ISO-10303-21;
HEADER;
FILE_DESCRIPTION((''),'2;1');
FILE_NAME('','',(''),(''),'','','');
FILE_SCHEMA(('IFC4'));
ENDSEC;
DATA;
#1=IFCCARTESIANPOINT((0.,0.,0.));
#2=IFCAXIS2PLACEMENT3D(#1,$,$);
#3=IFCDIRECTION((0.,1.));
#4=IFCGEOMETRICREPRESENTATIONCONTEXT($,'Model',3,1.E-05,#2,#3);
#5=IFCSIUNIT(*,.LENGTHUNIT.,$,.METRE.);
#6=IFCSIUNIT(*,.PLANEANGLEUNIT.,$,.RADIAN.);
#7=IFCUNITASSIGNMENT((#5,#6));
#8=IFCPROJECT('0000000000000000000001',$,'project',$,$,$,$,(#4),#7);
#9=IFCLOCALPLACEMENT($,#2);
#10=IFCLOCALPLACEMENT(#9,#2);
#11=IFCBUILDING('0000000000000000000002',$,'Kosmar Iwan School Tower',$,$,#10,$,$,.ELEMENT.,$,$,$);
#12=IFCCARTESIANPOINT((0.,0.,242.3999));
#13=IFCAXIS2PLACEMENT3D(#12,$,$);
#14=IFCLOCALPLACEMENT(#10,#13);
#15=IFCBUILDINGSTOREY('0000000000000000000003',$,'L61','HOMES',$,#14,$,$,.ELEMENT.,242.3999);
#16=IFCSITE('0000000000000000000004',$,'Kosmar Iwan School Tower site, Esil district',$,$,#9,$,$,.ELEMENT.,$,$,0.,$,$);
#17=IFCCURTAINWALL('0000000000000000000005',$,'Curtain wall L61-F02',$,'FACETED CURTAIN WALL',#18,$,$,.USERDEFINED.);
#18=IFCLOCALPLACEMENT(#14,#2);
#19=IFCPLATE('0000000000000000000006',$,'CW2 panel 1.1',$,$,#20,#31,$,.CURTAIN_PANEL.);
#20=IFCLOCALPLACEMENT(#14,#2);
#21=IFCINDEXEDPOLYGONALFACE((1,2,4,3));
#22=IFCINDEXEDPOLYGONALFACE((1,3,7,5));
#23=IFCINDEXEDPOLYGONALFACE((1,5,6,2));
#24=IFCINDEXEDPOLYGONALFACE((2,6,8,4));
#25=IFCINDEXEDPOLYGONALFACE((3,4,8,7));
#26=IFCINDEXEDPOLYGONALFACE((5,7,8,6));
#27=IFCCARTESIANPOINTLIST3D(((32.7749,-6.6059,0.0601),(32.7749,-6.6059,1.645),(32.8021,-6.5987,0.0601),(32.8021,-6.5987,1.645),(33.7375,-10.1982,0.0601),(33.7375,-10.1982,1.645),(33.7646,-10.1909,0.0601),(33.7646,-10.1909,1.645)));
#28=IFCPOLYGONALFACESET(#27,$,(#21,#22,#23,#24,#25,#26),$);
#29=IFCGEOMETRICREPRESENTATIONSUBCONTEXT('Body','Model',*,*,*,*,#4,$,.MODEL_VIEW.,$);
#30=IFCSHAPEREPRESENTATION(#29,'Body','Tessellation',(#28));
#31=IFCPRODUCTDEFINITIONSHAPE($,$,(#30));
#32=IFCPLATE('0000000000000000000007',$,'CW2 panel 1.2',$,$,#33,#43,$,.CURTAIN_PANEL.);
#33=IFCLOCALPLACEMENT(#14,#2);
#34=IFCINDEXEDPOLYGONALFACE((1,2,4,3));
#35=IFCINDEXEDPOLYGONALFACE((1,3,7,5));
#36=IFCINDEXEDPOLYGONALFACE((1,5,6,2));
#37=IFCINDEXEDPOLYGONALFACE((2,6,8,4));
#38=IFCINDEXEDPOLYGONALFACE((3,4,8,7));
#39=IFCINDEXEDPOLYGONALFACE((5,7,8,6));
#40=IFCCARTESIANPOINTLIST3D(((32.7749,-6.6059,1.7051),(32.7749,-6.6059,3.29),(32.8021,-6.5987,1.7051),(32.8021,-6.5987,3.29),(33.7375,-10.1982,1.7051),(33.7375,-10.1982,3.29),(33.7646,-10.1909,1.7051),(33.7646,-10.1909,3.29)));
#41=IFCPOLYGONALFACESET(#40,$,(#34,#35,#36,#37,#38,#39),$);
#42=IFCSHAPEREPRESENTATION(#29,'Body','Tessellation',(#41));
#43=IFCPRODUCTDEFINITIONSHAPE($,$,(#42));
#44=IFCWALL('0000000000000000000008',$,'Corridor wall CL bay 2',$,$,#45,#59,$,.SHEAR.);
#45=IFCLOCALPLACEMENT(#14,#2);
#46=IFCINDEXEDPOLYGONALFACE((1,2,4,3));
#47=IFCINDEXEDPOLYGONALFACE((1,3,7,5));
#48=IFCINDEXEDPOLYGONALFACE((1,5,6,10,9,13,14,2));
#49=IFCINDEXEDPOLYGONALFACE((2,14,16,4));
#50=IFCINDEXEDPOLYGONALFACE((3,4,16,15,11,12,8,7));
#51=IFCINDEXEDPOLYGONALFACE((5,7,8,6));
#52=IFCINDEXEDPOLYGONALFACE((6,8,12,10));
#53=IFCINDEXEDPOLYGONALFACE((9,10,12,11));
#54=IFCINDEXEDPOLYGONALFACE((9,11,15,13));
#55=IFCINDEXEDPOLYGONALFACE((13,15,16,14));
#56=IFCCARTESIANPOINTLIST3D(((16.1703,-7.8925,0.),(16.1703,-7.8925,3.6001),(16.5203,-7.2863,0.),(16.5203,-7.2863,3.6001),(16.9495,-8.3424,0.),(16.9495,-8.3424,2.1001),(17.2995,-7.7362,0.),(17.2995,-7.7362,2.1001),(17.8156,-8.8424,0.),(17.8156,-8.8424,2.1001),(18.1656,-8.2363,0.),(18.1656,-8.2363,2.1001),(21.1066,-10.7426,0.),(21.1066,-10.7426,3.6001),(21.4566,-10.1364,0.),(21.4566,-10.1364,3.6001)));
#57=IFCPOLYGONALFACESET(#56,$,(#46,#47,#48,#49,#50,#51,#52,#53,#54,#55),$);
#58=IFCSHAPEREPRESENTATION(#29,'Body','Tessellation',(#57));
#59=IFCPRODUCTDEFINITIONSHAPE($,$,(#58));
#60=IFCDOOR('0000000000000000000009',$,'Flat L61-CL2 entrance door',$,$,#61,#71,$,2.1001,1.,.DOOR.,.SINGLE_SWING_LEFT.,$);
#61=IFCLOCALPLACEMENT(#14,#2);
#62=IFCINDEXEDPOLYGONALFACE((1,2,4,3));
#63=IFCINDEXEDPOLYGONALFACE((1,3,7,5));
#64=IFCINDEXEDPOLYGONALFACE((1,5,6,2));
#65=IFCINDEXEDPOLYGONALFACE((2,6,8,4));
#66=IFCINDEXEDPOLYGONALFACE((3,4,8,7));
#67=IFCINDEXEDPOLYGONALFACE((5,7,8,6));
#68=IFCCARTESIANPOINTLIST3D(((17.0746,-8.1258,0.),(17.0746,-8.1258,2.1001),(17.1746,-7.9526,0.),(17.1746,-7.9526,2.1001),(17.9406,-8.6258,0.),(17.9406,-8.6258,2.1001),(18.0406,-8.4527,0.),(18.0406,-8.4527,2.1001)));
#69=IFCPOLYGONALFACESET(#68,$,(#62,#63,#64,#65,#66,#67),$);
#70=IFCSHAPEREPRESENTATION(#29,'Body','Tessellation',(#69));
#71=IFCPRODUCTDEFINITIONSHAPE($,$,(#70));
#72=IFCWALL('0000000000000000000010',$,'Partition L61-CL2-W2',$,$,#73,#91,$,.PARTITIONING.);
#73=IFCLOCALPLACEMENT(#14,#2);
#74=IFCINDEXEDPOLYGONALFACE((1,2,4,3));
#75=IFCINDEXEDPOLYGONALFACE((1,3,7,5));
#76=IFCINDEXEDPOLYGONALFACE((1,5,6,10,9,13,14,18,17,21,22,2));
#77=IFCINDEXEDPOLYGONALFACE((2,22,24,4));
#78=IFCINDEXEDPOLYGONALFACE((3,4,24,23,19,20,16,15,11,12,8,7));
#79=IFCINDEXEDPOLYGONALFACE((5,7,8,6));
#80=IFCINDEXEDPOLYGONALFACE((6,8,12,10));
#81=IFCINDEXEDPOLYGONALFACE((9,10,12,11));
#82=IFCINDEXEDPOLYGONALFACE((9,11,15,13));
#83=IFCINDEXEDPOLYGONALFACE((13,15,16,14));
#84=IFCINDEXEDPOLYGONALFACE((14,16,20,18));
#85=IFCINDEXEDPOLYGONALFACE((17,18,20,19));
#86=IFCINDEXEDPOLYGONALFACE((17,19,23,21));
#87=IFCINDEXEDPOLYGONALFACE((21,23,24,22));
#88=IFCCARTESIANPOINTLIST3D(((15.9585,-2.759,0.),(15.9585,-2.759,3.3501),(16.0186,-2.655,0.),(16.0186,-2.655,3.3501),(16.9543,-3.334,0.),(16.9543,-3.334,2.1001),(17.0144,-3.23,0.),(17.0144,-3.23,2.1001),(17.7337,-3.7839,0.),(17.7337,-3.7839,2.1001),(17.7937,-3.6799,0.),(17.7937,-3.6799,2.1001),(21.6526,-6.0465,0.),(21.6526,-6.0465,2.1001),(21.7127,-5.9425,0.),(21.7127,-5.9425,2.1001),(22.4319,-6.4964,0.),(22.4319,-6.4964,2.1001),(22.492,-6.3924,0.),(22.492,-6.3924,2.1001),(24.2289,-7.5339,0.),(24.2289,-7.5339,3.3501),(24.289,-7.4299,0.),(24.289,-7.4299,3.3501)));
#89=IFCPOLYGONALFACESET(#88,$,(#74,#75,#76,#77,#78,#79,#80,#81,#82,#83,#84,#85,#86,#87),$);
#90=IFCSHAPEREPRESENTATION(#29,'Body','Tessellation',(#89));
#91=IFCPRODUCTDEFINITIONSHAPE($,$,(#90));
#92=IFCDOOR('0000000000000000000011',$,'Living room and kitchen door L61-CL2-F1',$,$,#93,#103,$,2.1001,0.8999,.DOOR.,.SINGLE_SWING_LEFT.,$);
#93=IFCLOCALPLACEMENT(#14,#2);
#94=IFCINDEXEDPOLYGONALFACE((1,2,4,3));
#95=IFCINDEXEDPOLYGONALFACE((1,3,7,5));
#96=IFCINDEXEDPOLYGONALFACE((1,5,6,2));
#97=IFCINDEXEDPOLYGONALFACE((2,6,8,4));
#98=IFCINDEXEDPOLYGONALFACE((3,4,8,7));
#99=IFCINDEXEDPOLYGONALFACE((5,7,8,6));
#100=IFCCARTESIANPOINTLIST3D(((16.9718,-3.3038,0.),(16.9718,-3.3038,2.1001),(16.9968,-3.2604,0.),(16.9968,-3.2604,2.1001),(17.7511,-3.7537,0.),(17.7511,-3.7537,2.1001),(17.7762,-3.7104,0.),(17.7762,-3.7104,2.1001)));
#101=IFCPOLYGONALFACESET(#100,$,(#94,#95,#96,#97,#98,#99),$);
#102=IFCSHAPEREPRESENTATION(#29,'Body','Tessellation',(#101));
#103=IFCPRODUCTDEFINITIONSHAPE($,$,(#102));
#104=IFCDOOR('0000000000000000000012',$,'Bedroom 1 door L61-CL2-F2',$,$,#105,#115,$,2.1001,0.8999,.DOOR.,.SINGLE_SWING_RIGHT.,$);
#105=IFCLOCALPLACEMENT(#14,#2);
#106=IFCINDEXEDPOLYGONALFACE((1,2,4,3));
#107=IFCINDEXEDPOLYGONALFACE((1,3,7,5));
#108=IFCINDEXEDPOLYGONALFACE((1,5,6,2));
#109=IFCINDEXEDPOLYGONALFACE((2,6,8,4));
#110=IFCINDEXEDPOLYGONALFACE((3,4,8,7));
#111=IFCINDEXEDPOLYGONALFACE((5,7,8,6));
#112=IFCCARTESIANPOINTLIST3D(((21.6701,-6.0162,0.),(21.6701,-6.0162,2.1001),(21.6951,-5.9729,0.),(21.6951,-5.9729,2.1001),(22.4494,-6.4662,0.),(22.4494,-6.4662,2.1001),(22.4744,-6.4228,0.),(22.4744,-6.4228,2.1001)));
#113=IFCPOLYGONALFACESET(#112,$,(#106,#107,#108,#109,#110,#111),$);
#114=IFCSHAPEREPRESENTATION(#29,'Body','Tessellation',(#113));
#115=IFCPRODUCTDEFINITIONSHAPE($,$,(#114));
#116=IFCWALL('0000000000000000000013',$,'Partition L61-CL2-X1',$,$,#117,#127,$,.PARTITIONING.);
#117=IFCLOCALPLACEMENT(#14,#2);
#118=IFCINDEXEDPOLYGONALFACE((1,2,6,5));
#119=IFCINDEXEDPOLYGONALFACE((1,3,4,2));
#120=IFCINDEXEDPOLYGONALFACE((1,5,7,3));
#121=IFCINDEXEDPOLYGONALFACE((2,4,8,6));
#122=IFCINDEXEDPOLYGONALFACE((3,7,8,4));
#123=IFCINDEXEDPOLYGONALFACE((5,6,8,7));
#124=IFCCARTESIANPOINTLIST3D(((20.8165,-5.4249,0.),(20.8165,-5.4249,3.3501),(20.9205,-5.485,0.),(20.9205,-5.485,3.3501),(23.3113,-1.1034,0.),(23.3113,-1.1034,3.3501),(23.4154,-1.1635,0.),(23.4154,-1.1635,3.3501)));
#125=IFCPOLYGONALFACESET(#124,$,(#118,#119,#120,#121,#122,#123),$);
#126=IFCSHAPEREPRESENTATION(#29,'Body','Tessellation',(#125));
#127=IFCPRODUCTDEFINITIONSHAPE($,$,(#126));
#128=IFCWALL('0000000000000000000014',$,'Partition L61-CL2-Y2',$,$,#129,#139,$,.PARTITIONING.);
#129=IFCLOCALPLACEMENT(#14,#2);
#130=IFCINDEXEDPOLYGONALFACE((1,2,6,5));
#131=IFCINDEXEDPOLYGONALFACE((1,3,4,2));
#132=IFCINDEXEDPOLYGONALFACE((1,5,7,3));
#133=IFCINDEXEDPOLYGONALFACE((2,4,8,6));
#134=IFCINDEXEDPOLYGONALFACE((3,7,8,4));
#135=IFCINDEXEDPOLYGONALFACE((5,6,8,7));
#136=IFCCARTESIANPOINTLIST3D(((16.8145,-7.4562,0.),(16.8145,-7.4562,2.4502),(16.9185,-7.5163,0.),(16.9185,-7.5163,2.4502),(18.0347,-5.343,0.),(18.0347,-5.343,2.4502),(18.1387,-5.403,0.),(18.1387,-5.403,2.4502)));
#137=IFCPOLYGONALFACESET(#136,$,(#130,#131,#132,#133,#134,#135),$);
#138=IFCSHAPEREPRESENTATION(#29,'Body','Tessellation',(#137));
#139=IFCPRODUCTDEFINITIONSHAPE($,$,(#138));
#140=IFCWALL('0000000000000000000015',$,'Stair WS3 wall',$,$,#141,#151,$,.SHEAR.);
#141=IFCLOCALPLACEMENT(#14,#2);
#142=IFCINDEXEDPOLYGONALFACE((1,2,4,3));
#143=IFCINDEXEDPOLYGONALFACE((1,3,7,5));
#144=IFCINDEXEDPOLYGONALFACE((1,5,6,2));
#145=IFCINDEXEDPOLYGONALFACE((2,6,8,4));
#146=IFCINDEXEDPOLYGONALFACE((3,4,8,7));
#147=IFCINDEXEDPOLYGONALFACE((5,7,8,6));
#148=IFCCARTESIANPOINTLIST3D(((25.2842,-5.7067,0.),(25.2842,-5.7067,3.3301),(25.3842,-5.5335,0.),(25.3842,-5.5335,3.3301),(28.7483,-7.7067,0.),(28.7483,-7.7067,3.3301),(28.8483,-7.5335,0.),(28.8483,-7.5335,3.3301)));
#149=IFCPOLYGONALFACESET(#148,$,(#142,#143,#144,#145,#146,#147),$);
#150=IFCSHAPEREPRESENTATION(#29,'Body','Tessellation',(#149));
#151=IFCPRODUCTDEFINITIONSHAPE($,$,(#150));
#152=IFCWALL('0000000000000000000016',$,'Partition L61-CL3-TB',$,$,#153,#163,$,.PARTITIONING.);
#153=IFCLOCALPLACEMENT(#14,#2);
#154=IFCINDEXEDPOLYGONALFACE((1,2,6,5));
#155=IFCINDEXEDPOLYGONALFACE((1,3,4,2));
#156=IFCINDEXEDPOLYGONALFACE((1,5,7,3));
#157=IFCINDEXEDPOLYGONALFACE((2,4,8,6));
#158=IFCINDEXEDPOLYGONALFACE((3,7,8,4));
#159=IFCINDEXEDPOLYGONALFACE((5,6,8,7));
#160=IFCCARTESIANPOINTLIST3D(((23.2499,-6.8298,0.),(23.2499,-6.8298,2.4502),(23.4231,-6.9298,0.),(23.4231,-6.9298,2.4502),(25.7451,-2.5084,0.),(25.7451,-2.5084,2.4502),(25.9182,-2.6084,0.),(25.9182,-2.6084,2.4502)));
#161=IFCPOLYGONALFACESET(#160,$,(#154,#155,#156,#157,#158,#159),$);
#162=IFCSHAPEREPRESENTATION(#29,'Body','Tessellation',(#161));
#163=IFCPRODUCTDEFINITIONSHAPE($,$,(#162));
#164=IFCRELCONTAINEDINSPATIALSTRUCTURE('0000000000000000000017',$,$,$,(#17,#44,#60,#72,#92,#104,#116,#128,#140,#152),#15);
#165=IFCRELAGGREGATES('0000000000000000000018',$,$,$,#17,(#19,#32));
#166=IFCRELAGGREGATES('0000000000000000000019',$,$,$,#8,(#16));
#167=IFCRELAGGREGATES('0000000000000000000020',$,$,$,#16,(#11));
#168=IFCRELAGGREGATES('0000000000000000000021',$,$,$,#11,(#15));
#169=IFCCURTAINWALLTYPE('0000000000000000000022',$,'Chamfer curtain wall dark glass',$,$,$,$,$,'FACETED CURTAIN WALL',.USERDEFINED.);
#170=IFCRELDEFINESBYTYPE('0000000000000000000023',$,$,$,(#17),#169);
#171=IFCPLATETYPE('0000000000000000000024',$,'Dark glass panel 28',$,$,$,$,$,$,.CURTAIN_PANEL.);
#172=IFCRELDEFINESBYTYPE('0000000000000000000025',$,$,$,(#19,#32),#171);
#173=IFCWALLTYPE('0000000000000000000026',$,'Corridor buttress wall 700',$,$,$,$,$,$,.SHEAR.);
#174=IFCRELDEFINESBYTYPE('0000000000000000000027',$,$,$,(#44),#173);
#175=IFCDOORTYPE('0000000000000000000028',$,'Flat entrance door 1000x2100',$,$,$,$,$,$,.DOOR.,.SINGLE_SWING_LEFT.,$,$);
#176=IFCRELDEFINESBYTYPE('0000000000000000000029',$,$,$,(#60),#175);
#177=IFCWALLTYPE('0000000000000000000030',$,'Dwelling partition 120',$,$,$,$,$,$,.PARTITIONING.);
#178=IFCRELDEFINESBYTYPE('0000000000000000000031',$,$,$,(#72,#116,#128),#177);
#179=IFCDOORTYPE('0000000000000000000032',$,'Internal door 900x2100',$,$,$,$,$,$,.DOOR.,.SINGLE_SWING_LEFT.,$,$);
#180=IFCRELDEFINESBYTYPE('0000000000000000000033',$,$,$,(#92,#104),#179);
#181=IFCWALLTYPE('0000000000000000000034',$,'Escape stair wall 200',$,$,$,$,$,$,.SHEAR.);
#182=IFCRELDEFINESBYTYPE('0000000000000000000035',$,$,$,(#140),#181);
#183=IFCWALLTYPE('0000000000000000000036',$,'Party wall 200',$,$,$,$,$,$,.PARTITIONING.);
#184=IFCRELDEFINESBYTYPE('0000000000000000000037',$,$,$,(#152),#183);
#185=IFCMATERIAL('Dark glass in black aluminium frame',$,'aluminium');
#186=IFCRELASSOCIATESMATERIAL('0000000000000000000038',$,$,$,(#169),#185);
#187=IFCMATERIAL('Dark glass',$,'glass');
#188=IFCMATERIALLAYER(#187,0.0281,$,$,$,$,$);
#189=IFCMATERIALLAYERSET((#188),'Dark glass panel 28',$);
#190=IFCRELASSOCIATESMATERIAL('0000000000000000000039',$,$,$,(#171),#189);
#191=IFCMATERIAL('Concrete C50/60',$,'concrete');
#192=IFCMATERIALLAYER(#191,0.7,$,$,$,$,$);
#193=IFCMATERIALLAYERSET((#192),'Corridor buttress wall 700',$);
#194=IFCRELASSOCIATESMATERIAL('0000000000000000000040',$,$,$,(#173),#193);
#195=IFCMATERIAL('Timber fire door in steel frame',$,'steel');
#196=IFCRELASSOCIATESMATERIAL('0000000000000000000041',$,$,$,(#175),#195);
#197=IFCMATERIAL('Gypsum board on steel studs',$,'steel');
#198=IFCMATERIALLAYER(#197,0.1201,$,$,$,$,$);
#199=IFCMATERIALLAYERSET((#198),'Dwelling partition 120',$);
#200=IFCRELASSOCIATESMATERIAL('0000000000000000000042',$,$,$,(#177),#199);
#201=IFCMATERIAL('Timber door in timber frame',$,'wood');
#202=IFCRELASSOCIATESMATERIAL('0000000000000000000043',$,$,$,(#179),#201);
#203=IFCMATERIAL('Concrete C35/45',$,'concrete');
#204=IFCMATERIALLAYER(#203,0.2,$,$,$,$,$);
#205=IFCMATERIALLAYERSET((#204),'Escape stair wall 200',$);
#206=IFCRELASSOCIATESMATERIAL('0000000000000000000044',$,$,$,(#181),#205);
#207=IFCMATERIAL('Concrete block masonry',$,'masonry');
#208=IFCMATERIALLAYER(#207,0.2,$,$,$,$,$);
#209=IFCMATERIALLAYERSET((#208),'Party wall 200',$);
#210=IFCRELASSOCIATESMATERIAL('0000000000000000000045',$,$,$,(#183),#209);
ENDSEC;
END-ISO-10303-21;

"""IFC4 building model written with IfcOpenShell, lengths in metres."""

from ifc_helpers import new_model, si_unit, direction, frame, frame_2d, origin, origin_2d, place, context, subcontext, project, spatial, rectangle, extrude, material, layer, layer_set, type_object, element, fill, aggregate, save


model = new_model("IFC4")

# Units and contexts
model_context = context("Model", 3, precision=1e-05, world=origin(), true_north=direction((0.0, 1.0)))
body_context = subcontext(model_context, "Body", "Model", "MODEL_VIEW")
ifc_project = project(units=[si_unit("LENGTHUNIT", "METRE"), si_unit("PLANEANGLEUNIT", "RADIAN")], contexts=[model_context])

# Site, building, storey
site_placement = place(None, origin())
site = spatial("IfcSite", under=ifc_project, at=site_placement, Name="Kosmar Iwan School Tower site, Esil district", CompositionType="ELEMENT", RefElevation=0.0)
building_placement = place(site_placement, origin())
building = spatial("IfcBuilding", under=site, at=building_placement, Name="Kosmar Iwan School Tower", CompositionType="ELEMENT")
storey_placement = place(building_placement, frame((0.0, 0.0, 242.3999)))
storey = spatial("IfcBuildingStorey", under=building, at=storey_placement, Name="L61", Description="HOMES", CompositionType="ELEMENT", Elevation=242.3999)

# Curtain wall
ifc_material_1 = material(Name="Dark glass in black aluminium frame", Category="aluminium")
curtain_wall_type = type_object("IfcCurtainWallType", Name="Chamfer curtain wall dark glass", ElementType="FACETED CURTAIN WALL", PredefinedType="USERDEFINED", material=ifc_material_1)
curtain_wall_placement = place(storey_placement, origin())
curtain_wall = element("IfcCurtainWall", 1, at=curtain_wall_placement, inside=storey, type_object=curtain_wall_type, Name="Curtain wall L61-F02", ObjectType="FACETED CURTAIN WALL", PredefinedType="USERDEFINED")

# Plates
ifc_material_2 = material(Name="Dark glass", Category="glass")
ifc_layer_1 = layer(ifc_material_2, 0.0281)
ifc_layer_set_1 = layer_set([ifc_layer_1], Name="Dark glass panel 28")
plate_type = type_object("IfcPlateType", Name="Dark glass panel 28", PredefinedType="CURTAIN_PANEL", material=ifc_layer_set_1)
plate_1_placement = place(storey_placement, frame((33.2698, -8.3984, 0.0601), z_axis=(0.0, 0.0, 1.0), x_axis=(-0.258819, 0.965926, 0.0)))
plate_1 = element("IfcPlate", 2, at=plate_1_placement, type_object=plate_type, Name="CW2 panel 1.1", PredefinedType="CURTAIN_PANEL", context=body_context, shape_type="SweptSolid", body=[
    extrude(rectangle(XDim=3.719, YDim=0.0281, at=origin_2d()), origin(), (0.0, 0.0, 1.0), 1.585),
])
plate_2_placement = place(storey_placement, frame((33.2698, -8.3984, 1.7051), z_axis=(0.0, 0.0, 1.0), x_axis=(-0.258819, 0.965926, 0.0)))
plate_2 = element("IfcPlate", 3, at=plate_2_placement, type_object=plate_type, Name="CW2 panel 1.2", PredefinedType="CURTAIN_PANEL", context=body_context, shape_type="SweptSolid", body=[
    extrude(rectangle(XDim=3.719, YDim=0.0281, at=origin_2d()), origin(), (0.0, 0.0, 1.0), 1.585),
])
aggregate(curtain_wall, [plate_1, plate_2])

# Wall, opening, door
ifc_material_3 = material(Name="Concrete C50/60", Category="concrete")
ifc_layer_2 = layer(ifc_material_3, 0.7)
ifc_layer_set_2 = layer_set([ifc_layer_2], Name="Corridor buttress wall 700")
wall_type_1 = type_object("IfcWallType", Name="Corridor buttress wall 700", PredefinedType="SHEAR", material=ifc_layer_set_2)
wall_1_placement = place(storey_placement, frame((16.3452, -7.5894, 0.0), z_axis=(0.0, 0.0, 1.0), x_axis=(0.866015, -0.500018, 0.0)))
wall_1 = element("IfcWall", 4, at=wall_1_placement, inside=storey, type_object=wall_type_1, Name="Corridor wall CL bay 2", PredefinedType="SHEAR", context=body_context, shape_type="SweptSolid", body=[
    extrude(rectangle(XDim=5.7, YDim=0.7, at=frame_2d((2.8501, 0.0))), origin(), (0.0, 0.0, 1.0), 3.6001),
])
opening_1_placement = place(wall_1_placement, frame((0.8999, 0.0, 0.0)))
opening_1 = element("IfcOpeningElement", 5, at=opening_1_placement, cuts=wall_1, PredefinedType="OPENING", context=body_context, shape_type="SweptSolid", body=[
    extrude(rectangle(XDim=1.0, YDim=2.1001, at=frame_2d((0.5, 1.05))), frame((0.0, 0.3621, 0.0), z_axis=(0.0, -1.0, 0.0), x_axis=(1.0, 0.0, 0.0)), (0.0, 0.0, 1.0), 0.7239),
])
ifc_material_4 = material(Name="Timber fire door in steel frame", Category="steel")
door_type_1 = type_object("IfcDoorType", Name="Flat entrance door 1000x2100", OperationType="SINGLE_SWING_LEFT", PredefinedType="DOOR", material=ifc_material_4)
door_1_placement = place(opening_1_placement, origin())
door_1 = element("IfcDoor", 6, at=door_1_placement, inside=storey, type_object=door_type_1, Name="Flat L61-CL2 entrance door", OperationType="SINGLE_SWING_LEFT", OverallHeight=2.1001, OverallWidth=1.0, PredefinedType="DOOR", context=body_context, shape_type="SweptSolid", body=[
    extrude(rectangle(XDim=1.0, YDim=2.1001, at=frame_2d((0.5, 1.05))), frame((0.0, 0.1001, 0.0), z_axis=(0.0, -1.0, 0.0), x_axis=(1.0, 0.0, 0.0)), (0.0, 0.0, 1.0), 0.2),
])
fill(opening_1, door_1)

# Wall, openings, doors
ifc_material_5 = material(Name="Gypsum board on steel studs", Category="steel")
ifc_layer_3 = layer(ifc_material_5, 0.1201)
ifc_layer_set_3 = layer_set([ifc_layer_3], Name="Dwelling partition 120")
wall_type_2 = type_object("IfcWallType", Name="Dwelling partition 120", PredefinedType="PARTITIONING", material=ifc_layer_set_3)
wall_2_placement = place(storey_placement, frame((15.9885, -2.707, 0.0), z_axis=(0.0, 0.0, 1.0), x_axis=(0.866029, -0.499994, 0.0)))
wall_2 = element("IfcWall", 7, at=wall_2_placement, inside=storey, type_object=wall_type_2, Name="Partition L61-CL2-W2", PredefinedType="PARTITIONING", context=body_context, shape_type="SweptSolid", body=[
    extrude(rectangle(XDim=9.5498, YDim=0.1201, at=frame_2d((4.7749, 0.0))), origin(), (0.0, 0.0, 1.0), 3.3501),
])
opening_2_placement = place(wall_2_placement, frame((1.1499, 0.0, 0.0)))
opening_2 = element("IfcOpeningElement", 8, at=opening_2_placement, cuts=wall_2, PredefinedType="OPENING", context=body_context, shape_type="SweptSolid", body=[
    extrude(rectangle(XDim=0.8999, YDim=2.1001, at=frame_2d((0.45, 1.05))), frame((0.0, 0.072, 0.0), z_axis=(0.0, -1.0, 0.0), x_axis=(1.0, 0.0, 0.0)), (0.0, 0.0, 1.0), 0.144),
])
opening_3_placement = place(wall_2_placement, frame((6.575, 0.0, 0.0)))
opening_3 = element("IfcOpeningElement", 9, at=opening_3_placement, cuts=wall_2, PredefinedType="OPENING", context=body_context, shape_type="SweptSolid", body=[
    extrude(rectangle(XDim=0.8999, YDim=2.1001, at=frame_2d((0.45, 1.05))), frame((0.0, 0.072, 0.0), z_axis=(0.0, -1.0, 0.0), x_axis=(1.0, 0.0, 0.0)), (0.0, 0.0, 1.0), 0.144),
])
ifc_material_6 = material(Name="Timber door in timber frame", Category="wood")
door_type_2 = type_object("IfcDoorType", Name="Internal door 900x2100", OperationType="SINGLE_SWING_LEFT", PredefinedType="DOOR", material=ifc_material_6)
door_2_placement = place(opening_2_placement, origin())
door_2 = element("IfcDoor", 10, at=door_2_placement, inside=storey, type_object=door_type_2, Name="Living room and kitchen door L61-CL2-F1", OperationType="SINGLE_SWING_LEFT", OverallHeight=2.1001, OverallWidth=0.8999, PredefinedType="DOOR", context=body_context, shape_type="SweptSolid", body=[
    extrude(rectangle(XDim=0.8999, YDim=2.1001, at=frame_2d((0.45, 1.05))), frame((0.0, 0.0249, 0.0), z_axis=(0.0, -1.0, 0.0), x_axis=(1.0, 0.0, 0.0)), (0.0, 0.0, 1.0), 0.05),
])
fill(opening_2, door_2)
door_3_placement = place(opening_3_placement, origin())
door_3 = element("IfcDoor", 11, at=door_3_placement, inside=storey, type_object=door_type_2, Name="Bedroom 1 door L61-CL2-F2", OperationType="SINGLE_SWING_RIGHT", OverallHeight=2.1001, OverallWidth=0.8999, PredefinedType="DOOR", context=body_context, shape_type="SweptSolid", body=[
    extrude(rectangle(XDim=0.8999, YDim=2.1001, at=frame_2d((0.45, 1.05))), frame((0.0, 0.0249, 0.0), z_axis=(0.0, -1.0, 0.0), x_axis=(1.0, 0.0, 0.0)), (0.0, 0.0, 1.0), 0.05),
])
fill(opening_3, door_3)

# Walls
wall_3_placement = place(storey_placement, frame((20.8684, -5.4551, 0.0), z_axis=(0.0, 0.0, 1.0), x_axis=(0.499975, 0.86604, 0.0)))
element("IfcWall", 12, at=wall_3_placement, inside=storey, type_object=wall_type_2, Name="Partition L61-CL2-X1", PredefinedType="PARTITIONING", context=body_context, shape_type="SweptSolid", body=[
    extrude(rectangle(XDim=4.99, YDim=0.1201, at=frame_2d((2.4951, 0.0))), origin(), (0.0, 0.0, 1.0), 3.3501),
])
wall_4_placement = place(storey_placement, frame((16.8665, -7.4863, 0.0), z_axis=(0.0, 0.0, 1.0), x_axis=(0.500034, 0.866006, 0.0)))
element("IfcWall", 13, at=wall_4_placement, inside=storey, type_object=wall_type_2, Name="Partition L61-CL2-Y2", PredefinedType="PARTITIONING", context=body_context, shape_type="SweptSolid", body=[
    extrude(rectangle(XDim=2.4402, YDim=0.1201, at=frame_2d((1.2202, 0.0))), origin(), (0.0, 0.0, 1.0), 2.4502),
])
ifc_material_7 = material(Name="Concrete C35/45", Category="concrete")
ifc_layer_4 = layer(ifc_material_7, 0.2)
ifc_layer_set_4 = layer_set([ifc_layer_4], Name="Escape stair wall 200")
wall_type_3 = type_object("IfcWallType", Name="Escape stair wall 200", PredefinedType="SHEAR", material=ifc_layer_set_4)
wall_5_placement = place(storey_placement, frame((25.3342, -5.6201, 0.0), z_axis=(0.0, 0.0, 1.0), x_axis=(0.866026, -0.499999, 0.0)))
element("IfcWall", 14, at=wall_5_placement, inside=storey, type_object=wall_type_3, Name="Stair WS3 wall", PredefinedType="SHEAR", context=body_context, shape_type="SweptSolid", body=[
    extrude(rectangle(XDim=4.0, YDim=0.2, at=frame_2d((2.0, 0.0))), origin(), (0.0, 0.0, 1.0), 3.3301),
])
ifc_material_8 = material(Name="Concrete block masonry", Category="masonry")
ifc_layer_5 = layer(ifc_material_8, 0.2)
ifc_layer_set_5 = layer_set([ifc_layer_5], Name="Party wall 200")
wall_type_4 = type_object("IfcWallType", Name="Party wall 200", PredefinedType="PARTITIONING", material=ifc_layer_set_5)
wall_6_placement = place(storey_placement, frame((23.3364, -6.8799, 0.0), z_axis=(0.0, 0.0, 1.0), x_axis=(0.500033, 0.866006, 0.0)))
element("IfcWall", 15, at=wall_6_placement, inside=storey, type_object=wall_type_4, Name="Partition L61-CL3-TB", PredefinedType="PARTITIONING", context=body_context, shape_type="SweptSolid", body=[
    extrude(rectangle(XDim=4.99, YDim=0.2, at=frame_2d((2.4951, 0.0))), origin(), (0.0, 0.0, 1.0), 2.4502),
])

save(model, "model.ifc")
